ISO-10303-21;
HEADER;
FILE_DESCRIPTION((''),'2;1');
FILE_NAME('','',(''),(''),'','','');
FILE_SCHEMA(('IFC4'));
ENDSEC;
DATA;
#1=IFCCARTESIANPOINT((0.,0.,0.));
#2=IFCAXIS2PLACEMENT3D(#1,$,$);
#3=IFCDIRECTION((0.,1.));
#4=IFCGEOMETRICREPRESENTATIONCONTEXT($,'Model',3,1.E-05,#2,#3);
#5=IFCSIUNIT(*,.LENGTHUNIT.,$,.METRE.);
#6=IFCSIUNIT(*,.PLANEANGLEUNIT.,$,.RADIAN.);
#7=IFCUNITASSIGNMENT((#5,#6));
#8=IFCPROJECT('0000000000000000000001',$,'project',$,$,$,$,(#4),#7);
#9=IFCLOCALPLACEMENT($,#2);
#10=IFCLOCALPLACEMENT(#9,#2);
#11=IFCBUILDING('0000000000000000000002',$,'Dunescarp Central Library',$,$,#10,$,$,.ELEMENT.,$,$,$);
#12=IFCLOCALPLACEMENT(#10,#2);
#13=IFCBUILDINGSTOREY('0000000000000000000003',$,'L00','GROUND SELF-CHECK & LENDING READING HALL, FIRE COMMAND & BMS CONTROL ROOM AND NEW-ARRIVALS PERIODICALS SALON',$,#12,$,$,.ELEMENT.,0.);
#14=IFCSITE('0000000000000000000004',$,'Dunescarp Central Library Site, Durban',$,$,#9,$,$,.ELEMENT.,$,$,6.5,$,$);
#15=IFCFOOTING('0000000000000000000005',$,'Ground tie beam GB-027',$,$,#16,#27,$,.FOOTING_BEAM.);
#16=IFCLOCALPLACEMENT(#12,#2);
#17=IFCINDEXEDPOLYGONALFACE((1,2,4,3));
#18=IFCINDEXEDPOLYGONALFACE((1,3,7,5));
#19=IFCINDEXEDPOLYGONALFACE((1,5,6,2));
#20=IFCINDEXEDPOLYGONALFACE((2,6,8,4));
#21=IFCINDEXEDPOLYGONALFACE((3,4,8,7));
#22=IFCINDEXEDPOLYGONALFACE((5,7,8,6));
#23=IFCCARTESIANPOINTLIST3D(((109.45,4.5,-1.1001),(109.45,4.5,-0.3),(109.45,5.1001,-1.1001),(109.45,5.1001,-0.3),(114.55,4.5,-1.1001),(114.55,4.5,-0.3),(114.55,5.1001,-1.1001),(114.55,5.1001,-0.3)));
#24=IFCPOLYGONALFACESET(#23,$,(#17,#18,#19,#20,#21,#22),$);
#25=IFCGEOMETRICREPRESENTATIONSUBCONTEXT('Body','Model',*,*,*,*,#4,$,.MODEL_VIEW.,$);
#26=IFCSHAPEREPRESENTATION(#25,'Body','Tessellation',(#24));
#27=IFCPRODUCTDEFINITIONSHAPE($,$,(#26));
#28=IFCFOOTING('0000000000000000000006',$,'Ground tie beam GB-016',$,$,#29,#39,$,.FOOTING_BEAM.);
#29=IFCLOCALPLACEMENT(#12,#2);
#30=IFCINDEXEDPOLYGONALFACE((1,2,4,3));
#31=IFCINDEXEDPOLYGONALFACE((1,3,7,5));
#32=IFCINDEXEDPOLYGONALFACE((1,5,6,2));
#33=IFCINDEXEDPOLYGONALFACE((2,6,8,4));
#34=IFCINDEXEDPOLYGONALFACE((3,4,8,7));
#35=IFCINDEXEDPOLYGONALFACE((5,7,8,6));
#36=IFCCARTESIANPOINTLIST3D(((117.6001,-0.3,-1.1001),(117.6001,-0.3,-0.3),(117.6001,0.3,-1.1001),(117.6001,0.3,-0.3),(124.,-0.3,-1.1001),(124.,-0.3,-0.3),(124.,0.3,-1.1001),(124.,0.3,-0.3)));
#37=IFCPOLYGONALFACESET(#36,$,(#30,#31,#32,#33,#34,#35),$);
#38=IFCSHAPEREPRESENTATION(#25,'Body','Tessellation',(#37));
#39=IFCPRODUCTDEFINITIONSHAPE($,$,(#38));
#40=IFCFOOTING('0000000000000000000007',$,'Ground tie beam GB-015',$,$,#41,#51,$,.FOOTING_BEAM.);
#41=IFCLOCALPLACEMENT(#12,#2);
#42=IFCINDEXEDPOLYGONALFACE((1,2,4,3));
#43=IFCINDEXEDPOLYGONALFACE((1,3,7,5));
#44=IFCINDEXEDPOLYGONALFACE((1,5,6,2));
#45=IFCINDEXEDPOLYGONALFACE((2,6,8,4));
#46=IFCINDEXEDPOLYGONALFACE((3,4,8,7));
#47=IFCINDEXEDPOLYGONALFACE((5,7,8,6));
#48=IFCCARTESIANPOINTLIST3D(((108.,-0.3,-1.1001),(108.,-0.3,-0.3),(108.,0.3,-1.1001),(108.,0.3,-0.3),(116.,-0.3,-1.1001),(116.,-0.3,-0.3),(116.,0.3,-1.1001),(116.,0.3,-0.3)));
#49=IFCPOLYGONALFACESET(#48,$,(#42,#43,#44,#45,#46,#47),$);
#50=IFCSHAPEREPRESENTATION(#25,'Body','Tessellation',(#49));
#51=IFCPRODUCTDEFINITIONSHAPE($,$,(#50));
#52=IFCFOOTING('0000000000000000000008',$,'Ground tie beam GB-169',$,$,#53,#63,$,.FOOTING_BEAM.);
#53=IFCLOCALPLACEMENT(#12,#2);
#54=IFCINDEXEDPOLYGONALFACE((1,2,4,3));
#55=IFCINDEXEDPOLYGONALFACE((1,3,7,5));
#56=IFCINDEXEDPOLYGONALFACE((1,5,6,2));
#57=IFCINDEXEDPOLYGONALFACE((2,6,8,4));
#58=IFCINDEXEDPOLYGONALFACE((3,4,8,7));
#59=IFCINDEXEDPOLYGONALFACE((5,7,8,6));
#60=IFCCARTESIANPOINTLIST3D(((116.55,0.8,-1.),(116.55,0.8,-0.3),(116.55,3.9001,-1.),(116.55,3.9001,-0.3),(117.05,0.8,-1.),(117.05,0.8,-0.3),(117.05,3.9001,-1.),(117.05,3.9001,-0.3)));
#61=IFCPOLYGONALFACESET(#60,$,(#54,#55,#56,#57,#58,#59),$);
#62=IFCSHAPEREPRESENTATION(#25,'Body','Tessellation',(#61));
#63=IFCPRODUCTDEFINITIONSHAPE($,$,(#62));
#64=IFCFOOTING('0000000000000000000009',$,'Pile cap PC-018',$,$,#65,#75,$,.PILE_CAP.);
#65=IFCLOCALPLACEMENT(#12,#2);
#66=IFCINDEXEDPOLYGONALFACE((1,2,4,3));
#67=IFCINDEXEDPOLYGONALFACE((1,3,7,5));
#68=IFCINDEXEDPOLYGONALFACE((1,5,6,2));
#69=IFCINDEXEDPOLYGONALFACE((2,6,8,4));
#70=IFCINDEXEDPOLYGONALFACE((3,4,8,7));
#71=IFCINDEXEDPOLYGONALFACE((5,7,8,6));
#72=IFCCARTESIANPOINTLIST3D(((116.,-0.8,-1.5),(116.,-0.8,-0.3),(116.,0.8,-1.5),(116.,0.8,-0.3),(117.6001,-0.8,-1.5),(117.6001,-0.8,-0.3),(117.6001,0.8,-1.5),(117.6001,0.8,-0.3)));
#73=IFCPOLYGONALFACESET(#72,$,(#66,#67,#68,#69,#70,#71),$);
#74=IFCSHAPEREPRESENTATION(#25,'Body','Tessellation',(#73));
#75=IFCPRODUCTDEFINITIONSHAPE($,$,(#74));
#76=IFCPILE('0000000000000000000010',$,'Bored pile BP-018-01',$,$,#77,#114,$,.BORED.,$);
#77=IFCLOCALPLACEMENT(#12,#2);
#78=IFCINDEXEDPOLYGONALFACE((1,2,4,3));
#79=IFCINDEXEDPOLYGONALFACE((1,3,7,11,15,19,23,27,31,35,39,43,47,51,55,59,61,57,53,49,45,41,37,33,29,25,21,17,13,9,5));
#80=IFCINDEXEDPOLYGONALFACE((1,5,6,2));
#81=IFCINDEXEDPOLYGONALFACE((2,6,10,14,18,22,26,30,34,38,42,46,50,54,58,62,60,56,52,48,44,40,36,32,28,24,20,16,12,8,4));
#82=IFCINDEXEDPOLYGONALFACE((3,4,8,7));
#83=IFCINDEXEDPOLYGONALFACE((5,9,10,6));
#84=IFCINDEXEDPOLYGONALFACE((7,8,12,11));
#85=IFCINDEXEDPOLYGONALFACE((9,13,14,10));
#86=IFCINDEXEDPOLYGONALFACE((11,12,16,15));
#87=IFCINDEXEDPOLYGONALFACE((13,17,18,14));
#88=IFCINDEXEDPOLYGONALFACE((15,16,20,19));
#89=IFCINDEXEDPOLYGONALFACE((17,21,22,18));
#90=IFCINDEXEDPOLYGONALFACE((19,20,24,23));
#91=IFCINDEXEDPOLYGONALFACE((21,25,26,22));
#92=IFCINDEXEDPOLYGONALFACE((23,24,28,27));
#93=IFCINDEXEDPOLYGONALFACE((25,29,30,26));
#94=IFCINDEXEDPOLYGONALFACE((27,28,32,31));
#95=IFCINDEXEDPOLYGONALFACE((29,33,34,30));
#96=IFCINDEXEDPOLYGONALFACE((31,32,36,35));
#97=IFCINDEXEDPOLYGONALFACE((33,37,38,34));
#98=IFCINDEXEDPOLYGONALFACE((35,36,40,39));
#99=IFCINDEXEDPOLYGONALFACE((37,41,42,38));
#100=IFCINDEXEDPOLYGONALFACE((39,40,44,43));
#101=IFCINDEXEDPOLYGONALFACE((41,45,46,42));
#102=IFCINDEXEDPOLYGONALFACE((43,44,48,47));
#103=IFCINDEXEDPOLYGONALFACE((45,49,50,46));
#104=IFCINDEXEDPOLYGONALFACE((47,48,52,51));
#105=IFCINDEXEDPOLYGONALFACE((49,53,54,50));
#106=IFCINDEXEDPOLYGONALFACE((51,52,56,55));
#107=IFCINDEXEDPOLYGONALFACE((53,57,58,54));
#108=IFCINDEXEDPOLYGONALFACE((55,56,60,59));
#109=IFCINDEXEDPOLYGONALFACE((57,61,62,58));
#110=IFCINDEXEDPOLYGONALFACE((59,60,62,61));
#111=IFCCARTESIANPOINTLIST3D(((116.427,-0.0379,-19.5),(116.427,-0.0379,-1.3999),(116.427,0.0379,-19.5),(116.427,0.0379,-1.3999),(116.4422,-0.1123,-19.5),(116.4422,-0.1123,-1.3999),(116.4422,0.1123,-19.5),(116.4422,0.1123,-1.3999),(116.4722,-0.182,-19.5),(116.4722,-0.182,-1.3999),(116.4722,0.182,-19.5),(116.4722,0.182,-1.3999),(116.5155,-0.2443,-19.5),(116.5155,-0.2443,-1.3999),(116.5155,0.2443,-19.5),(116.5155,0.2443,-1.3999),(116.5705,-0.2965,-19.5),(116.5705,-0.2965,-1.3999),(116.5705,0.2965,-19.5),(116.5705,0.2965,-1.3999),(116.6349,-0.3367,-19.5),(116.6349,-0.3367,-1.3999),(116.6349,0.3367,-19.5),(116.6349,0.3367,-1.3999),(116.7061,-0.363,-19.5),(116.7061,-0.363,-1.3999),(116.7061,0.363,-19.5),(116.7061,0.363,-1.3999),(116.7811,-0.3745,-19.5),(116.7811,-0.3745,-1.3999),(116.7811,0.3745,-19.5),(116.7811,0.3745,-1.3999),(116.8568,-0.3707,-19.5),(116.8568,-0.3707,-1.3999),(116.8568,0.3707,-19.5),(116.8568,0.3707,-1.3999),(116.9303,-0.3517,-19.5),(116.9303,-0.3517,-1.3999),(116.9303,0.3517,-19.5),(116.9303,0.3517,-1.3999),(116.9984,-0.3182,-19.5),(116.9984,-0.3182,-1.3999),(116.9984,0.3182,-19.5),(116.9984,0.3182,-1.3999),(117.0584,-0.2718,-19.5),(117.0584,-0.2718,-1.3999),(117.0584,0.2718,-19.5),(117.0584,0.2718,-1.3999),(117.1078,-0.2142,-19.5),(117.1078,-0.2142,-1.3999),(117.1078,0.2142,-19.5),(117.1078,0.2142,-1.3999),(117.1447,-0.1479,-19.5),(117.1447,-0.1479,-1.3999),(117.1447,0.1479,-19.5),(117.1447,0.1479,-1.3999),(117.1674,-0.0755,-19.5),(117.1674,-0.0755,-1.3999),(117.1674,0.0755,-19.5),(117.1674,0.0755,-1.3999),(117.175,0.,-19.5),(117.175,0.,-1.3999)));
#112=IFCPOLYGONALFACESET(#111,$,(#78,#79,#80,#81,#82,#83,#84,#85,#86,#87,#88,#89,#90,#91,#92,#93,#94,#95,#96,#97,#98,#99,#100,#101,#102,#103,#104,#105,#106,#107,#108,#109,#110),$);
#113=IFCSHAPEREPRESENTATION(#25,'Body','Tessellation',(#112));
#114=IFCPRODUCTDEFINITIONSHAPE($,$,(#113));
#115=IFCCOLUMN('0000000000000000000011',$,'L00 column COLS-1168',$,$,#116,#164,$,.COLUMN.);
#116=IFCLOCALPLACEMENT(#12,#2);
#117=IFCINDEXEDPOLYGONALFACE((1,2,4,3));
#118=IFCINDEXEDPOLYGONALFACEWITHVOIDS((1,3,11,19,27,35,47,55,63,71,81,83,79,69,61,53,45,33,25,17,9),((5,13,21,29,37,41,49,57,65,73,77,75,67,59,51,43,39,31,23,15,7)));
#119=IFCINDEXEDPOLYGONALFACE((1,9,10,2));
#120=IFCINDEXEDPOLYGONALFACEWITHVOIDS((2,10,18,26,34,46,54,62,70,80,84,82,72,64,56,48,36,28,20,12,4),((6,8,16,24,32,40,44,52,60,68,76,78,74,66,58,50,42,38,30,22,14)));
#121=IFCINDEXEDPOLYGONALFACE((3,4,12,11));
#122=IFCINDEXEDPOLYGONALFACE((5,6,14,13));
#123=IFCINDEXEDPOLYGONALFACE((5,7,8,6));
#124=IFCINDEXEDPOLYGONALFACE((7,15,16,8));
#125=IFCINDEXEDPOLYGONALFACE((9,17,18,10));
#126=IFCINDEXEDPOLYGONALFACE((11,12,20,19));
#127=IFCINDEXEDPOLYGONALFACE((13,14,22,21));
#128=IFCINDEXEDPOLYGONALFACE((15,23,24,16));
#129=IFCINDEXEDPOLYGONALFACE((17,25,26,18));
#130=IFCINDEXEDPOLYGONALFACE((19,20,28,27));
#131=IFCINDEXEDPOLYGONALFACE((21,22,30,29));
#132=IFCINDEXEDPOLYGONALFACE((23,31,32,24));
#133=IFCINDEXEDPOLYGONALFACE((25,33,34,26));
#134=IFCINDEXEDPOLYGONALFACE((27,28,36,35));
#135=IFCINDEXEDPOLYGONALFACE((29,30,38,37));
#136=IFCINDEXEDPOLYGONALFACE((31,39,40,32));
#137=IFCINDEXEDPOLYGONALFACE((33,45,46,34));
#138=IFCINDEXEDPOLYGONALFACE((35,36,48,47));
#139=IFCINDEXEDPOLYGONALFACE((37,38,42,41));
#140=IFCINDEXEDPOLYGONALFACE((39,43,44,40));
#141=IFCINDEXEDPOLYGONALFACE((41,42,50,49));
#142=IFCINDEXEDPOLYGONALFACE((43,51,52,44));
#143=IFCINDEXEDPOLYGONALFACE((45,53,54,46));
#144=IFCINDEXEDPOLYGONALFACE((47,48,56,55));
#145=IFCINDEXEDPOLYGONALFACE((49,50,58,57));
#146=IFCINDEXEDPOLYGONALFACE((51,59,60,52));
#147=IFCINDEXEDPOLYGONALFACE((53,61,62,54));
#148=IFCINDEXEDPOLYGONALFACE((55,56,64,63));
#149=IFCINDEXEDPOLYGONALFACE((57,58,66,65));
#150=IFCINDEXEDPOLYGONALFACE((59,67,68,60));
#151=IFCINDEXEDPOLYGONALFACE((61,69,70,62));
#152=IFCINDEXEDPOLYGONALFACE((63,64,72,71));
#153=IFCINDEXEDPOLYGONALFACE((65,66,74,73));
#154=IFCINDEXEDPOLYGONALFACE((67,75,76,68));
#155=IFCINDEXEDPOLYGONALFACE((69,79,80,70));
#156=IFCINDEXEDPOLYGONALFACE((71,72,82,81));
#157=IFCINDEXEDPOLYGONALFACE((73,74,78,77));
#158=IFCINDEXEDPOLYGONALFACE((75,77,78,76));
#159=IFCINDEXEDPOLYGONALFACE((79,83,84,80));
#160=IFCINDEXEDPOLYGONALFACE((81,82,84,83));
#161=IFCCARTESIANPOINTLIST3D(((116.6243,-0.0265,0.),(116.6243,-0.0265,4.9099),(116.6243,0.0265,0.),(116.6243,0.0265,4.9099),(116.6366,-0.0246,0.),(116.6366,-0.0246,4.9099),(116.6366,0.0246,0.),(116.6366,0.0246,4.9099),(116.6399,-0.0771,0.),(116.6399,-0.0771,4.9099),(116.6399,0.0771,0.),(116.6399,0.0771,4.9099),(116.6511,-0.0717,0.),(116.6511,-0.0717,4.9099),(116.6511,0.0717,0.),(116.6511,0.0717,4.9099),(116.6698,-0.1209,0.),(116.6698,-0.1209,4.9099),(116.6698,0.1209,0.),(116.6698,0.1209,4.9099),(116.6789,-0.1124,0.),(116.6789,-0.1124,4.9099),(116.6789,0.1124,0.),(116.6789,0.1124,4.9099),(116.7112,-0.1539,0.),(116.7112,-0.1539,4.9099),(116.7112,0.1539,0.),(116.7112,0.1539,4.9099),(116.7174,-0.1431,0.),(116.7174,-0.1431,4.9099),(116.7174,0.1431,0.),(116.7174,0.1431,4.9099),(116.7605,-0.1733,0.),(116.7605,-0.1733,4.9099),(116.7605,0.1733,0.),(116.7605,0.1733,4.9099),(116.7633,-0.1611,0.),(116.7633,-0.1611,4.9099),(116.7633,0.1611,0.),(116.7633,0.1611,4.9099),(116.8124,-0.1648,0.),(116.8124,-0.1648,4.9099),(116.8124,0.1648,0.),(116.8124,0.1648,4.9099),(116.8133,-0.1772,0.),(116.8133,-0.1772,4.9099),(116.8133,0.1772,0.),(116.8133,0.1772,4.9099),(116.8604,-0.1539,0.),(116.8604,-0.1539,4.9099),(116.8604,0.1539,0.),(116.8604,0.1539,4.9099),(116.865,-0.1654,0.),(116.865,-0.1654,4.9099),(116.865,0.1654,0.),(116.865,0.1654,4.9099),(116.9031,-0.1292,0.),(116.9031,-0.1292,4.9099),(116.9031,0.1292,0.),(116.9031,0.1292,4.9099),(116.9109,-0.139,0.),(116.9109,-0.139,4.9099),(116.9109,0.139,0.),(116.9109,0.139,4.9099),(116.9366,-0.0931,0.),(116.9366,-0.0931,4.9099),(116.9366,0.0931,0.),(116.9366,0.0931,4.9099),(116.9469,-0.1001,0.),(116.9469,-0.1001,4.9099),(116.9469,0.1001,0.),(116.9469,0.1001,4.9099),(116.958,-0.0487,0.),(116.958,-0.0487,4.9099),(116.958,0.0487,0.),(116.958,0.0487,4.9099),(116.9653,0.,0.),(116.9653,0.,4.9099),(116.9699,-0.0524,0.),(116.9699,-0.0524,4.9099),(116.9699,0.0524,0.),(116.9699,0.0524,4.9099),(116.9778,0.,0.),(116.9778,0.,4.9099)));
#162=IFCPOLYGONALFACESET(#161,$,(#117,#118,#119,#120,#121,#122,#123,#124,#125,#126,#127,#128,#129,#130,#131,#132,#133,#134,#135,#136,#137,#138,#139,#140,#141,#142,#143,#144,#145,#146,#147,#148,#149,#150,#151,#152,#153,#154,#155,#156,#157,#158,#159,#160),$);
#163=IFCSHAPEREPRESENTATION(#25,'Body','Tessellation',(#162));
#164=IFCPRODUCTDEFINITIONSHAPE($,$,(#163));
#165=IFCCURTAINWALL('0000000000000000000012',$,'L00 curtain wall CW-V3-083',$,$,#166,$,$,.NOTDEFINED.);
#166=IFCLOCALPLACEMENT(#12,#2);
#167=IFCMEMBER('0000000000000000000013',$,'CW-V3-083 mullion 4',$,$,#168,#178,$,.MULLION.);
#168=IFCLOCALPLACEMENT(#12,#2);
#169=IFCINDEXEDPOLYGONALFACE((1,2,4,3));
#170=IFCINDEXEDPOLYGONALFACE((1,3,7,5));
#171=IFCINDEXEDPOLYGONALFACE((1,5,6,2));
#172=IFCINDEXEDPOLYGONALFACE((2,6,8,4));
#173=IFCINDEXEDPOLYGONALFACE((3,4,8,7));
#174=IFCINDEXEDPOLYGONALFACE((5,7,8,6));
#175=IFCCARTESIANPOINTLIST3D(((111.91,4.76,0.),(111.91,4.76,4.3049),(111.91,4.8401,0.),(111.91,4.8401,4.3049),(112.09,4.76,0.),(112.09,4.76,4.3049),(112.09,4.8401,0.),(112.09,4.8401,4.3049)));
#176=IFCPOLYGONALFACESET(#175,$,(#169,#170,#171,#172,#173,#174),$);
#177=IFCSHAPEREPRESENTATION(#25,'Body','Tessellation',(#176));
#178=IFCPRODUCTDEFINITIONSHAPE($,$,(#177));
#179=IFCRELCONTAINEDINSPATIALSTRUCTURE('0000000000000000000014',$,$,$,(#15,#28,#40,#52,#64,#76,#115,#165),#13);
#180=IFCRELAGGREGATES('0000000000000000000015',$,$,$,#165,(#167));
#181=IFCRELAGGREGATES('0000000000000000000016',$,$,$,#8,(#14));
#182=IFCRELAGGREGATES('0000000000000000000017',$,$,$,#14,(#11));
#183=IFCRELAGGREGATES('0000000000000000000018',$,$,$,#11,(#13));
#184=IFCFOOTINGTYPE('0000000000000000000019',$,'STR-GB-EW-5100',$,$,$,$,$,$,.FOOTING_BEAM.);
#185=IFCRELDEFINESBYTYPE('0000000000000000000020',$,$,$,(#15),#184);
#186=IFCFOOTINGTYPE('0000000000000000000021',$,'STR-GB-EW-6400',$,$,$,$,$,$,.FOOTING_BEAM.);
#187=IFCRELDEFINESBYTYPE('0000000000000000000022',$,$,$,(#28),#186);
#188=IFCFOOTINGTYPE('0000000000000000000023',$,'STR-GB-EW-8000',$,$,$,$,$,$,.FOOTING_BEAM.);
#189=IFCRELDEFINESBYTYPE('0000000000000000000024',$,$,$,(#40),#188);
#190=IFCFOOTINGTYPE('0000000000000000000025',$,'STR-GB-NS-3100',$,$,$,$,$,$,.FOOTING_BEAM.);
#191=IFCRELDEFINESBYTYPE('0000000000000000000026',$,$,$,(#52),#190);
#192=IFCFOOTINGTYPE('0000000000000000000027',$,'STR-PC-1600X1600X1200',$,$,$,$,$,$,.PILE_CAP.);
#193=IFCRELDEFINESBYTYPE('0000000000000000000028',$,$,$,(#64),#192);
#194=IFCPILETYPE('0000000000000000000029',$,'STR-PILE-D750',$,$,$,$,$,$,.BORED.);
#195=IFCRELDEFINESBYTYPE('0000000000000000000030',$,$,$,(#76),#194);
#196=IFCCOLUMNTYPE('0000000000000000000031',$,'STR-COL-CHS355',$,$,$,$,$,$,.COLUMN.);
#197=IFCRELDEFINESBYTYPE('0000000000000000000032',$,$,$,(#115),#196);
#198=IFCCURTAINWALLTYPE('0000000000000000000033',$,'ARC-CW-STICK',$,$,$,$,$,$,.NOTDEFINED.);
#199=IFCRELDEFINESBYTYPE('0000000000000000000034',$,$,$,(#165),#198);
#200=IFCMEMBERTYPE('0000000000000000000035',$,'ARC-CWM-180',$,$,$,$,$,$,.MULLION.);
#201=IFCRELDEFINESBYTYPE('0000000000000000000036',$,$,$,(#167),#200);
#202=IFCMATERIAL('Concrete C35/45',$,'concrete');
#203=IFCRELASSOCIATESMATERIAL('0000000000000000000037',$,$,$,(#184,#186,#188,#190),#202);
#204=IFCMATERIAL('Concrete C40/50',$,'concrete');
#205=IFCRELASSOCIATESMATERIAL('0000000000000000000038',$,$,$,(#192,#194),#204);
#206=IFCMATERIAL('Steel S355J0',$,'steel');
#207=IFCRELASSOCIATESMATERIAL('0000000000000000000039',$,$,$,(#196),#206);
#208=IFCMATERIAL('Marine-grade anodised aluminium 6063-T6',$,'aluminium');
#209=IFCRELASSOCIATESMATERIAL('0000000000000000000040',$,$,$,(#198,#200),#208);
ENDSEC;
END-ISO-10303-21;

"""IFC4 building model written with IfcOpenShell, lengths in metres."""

from ifc_helpers import new_model, si_unit, direction, frame, origin, origin_2d, place, context, subcontext, project, spatial, rectangle, circle, hollow_circle, extrude, material, material_profile, profile_set, type_object, element, aggregate, save


model = new_model("IFC4")

# Units and contexts
model_context = context("Model", 3, precision=1e-05, world=origin(), true_north=direction((0.0, 1.0)))
body_context = subcontext(model_context, "Body", "Model", "MODEL_VIEW")
ifc_project = project(units=[si_unit("LENGTHUNIT", "METRE"), si_unit("PLANEANGLEUNIT", "RADIAN")], contexts=[model_context])

# Site, building, storey
site_placement = place(None, origin())
site = spatial("IfcSite", under=ifc_project, at=site_placement, Name="Dunescarp Central Library Site, Durban", CompositionType="ELEMENT", RefElevation=6.5)
building_placement = place(site_placement, origin())
building = spatial("IfcBuilding", under=site, at=building_placement, Name="Dunescarp Central Library", CompositionType="ELEMENT")
storey_placement = place(building_placement, origin())
storey = spatial("IfcBuildingStorey", under=building, at=storey_placement, Name="L00", Description="GROUND SELF-CHECK & LENDING READING HALL, FIRE COMMAND & BMS CONTROL ROOM AND NEW-ARRIVALS PERIODICALS SALON", CompositionType="ELEMENT", Elevation=0.0)

# Footings
ifc_material_1 = material(Name="Concrete C35/45", Category="concrete")
footing_type_1 = type_object("IfcFootingType", Name="STR-GB-EW-5100", PredefinedType="FOOTING_BEAM", material=ifc_material_1)
footing_1_placement = place(storey_placement, frame((112.0, 4.8, -1.1001), z_axis=(0.0, 0.0, 1.0), x_axis=(1.0, 0.0, 0.0)))
element("IfcFooting", 1, at=footing_1_placement, inside=storey, type_object=footing_type_1, Name="Ground tie beam GB-027", PredefinedType="FOOTING_BEAM", context=body_context, shape_type="SweptSolid", body=[
    extrude(rectangle(XDim=5.1001, YDim=0.6001, at=origin_2d()), origin(), (0.0, 0.0, 1.0), 0.8),
])
footing_type_2 = type_object("IfcFootingType", Name="STR-GB-EW-6400", PredefinedType="FOOTING_BEAM", material=ifc_material_1)
footing_2_placement = place(storey_placement, frame((120.8, 0.0, -1.1001), z_axis=(0.0, 0.0, 1.0), x_axis=(1.0, 0.0, 0.0)))
element("IfcFooting", 2, at=footing_2_placement, inside=storey, type_object=footing_type_2, Name="Ground tie beam GB-016", PredefinedType="FOOTING_BEAM", context=body_context, shape_type="SweptSolid", body=[
    extrude(rectangle(XDim=6.3999, YDim=0.6001, at=origin_2d()), origin(), (0.0, 0.0, 1.0), 0.8),
])
footing_type_3 = type_object("IfcFootingType", Name="STR-GB-EW-8000", PredefinedType="FOOTING_BEAM", material=ifc_material_1)
footing_3_placement = place(storey_placement, frame((112.0, 0.0, -1.1001), z_axis=(0.0, 0.0, 1.0), x_axis=(1.0, 0.0, 0.0)))
element("IfcFooting", 3, at=footing_3_placement, inside=storey, type_object=footing_type_3, Name="Ground tie beam GB-015", PredefinedType="FOOTING_BEAM", context=body_context, shape_type="SweptSolid", body=[
    extrude(rectangle(XDim=8.0, YDim=0.6001, at=origin_2d()), origin(), (0.0, 0.0, 1.0), 0.8),
])
footing_type_4 = type_object("IfcFootingType", Name="STR-GB-NS-3100", PredefinedType="FOOTING_BEAM", material=ifc_material_1)
footing_4_placement = place(storey_placement, frame((116.8, 2.3501, -1.0), z_axis=(0.0, 0.0, 1.0), x_axis=(0.0, 1.0, 0.0)))
element("IfcFooting", 4, at=footing_4_placement, inside=storey, type_object=footing_type_4, Name="Ground tie beam GB-169", PredefinedType="FOOTING_BEAM", context=body_context, shape_type="SweptSolid", body=[
    extrude(rectangle(XDim=3.1001, YDim=0.5, at=origin_2d()), origin(), (0.0, 0.0, 1.0), 0.7),
])
ifc_material_2 = material(Name="Concrete C40/50", Category="concrete")
footing_type_5 = type_object("IfcFootingType", Name="STR-PC-1600X1600X1200", PredefinedType="PILE_CAP", material=ifc_material_2)
footing_5_placement = place(storey_placement, frame((116.8, 0.0, -1.5), z_axis=(0.0, 0.0, 1.0), x_axis=(1.0, 0.0, 0.0)))
element("IfcFooting", 5, at=footing_5_placement, inside=storey, type_object=footing_type_5, Name="Pile cap PC-018", PredefinedType="PILE_CAP", context=body_context, shape_type="SweptSolid", body=[
    extrude(rectangle(XDim=1.6001, YDim=1.6001, at=origin_2d()), origin(), (0.0, 0.0, 1.0), 1.2),
])

# Pile
ifc_material_profile_1 = material_profile(ifc_material_2, circle(Radius=0.375, at=origin_2d()), Name="PILE D750")
ifc_profile_set_1 = profile_set([ifc_material_profile_1], Name="Concrete C40/50")
pile_type = type_object("IfcPileType", Name="STR-PILE-D750", PredefinedType="BORED", material=ifc_profile_set_1)
pile_placement = place(storey_placement, frame((116.8, 0.0, -1.3999), z_axis=(0.0, 0.0, -1.0), x_axis=(1.0, 0.0, 0.0)))
element("IfcPile", 6, at=pile_placement, inside=storey, type_object=pile_type, Name="Bored pile BP-018-01", PredefinedType="BORED", context=body_context, shape_type="SweptSolid", body=[
    extrude(circle(Radius=0.375, at=origin_2d()), origin(), (0.0, 0.0, 1.0), 18.1001),
])

# Column
ifc_material_3 = material(Name="Steel S355J0", Category="steel")
ifc_material_profile_2 = material_profile(ifc_material_3, hollow_circle(Radius=0.1777, WallThickness=0.0125, at=origin_2d()), Name="CHS 355.6x12.5")
ifc_profile_set_2 = profile_set([ifc_material_profile_2], Name="Steel S355J0")
column_type = type_object("IfcColumnType", Name="STR-COL-CHS355", PredefinedType="COLUMN", material=ifc_profile_set_2)
column_placement = place(storey_placement, frame((116.8, 0.0, 0.0), z_axis=(0.0, 0.0, 1.0), x_axis=(1.0, 0.0, 0.0)))
element("IfcColumn", 7, at=column_placement, inside=storey, type_object=column_type, Name="L00 column COLS-1168", PredefinedType="COLUMN", context=body_context, shape_type="SweptSolid", body=[
    extrude(hollow_circle(Radius=0.1777, WallThickness=0.0125, at=origin_2d()), origin(), (0.0, 0.0, 1.0), 4.9099),
])

# Curtain wall, member
ifc_material_4 = material(Name="Marine-grade anodised aluminium 6063-T6", Category="aluminium")
curtain_wall_type = type_object("IfcCurtainWallType", Name="ARC-CW-STICK", PredefinedType="NOTDEFINED", material=ifc_material_4)
curtain_wall_placement = place(storey_placement, origin())
curtain_wall = element("IfcCurtainWall", 8, at=curtain_wall_placement, inside=storey, type_object=curtain_wall_type, Name="L00 curtain wall CW-V3-083", PredefinedType="NOTDEFINED")
ifc_material_profile_3 = material_profile(ifc_material_4, rectangle(XDim=0.0801, YDim=0.1799, at=origin_2d()), Name="AL 80x180")
ifc_profile_set_3 = profile_set([ifc_material_profile_3], Name="Marine-grade anodised aluminium 6063-T6")
member_type_1 = type_object("IfcMemberType", Name="ARC-CWM-180", PredefinedType="MULLION", material=ifc_profile_set_3)
member_1_placement = place(storey_placement, frame((112.0, 4.8, 0.0), z_axis=(0.0, 0.0, 1.0), x_axis=(0.0, -1.0, 0.0)))
member_1 = element("IfcMember", 9, at=member_1_placement, type_object=member_type_1, Name="CW-V3-083 mullion 4", PredefinedType="MULLION", context=body_context, shape_type="SweptSolid", body=[
    extrude(rectangle(XDim=0.0801, YDim=0.1799, at=origin_2d()), origin(), (0.0, 0.0, 1.0), 4.3049),
])
aggregate(curtain_wall, [member_1])

save(model, "model.ifc")
